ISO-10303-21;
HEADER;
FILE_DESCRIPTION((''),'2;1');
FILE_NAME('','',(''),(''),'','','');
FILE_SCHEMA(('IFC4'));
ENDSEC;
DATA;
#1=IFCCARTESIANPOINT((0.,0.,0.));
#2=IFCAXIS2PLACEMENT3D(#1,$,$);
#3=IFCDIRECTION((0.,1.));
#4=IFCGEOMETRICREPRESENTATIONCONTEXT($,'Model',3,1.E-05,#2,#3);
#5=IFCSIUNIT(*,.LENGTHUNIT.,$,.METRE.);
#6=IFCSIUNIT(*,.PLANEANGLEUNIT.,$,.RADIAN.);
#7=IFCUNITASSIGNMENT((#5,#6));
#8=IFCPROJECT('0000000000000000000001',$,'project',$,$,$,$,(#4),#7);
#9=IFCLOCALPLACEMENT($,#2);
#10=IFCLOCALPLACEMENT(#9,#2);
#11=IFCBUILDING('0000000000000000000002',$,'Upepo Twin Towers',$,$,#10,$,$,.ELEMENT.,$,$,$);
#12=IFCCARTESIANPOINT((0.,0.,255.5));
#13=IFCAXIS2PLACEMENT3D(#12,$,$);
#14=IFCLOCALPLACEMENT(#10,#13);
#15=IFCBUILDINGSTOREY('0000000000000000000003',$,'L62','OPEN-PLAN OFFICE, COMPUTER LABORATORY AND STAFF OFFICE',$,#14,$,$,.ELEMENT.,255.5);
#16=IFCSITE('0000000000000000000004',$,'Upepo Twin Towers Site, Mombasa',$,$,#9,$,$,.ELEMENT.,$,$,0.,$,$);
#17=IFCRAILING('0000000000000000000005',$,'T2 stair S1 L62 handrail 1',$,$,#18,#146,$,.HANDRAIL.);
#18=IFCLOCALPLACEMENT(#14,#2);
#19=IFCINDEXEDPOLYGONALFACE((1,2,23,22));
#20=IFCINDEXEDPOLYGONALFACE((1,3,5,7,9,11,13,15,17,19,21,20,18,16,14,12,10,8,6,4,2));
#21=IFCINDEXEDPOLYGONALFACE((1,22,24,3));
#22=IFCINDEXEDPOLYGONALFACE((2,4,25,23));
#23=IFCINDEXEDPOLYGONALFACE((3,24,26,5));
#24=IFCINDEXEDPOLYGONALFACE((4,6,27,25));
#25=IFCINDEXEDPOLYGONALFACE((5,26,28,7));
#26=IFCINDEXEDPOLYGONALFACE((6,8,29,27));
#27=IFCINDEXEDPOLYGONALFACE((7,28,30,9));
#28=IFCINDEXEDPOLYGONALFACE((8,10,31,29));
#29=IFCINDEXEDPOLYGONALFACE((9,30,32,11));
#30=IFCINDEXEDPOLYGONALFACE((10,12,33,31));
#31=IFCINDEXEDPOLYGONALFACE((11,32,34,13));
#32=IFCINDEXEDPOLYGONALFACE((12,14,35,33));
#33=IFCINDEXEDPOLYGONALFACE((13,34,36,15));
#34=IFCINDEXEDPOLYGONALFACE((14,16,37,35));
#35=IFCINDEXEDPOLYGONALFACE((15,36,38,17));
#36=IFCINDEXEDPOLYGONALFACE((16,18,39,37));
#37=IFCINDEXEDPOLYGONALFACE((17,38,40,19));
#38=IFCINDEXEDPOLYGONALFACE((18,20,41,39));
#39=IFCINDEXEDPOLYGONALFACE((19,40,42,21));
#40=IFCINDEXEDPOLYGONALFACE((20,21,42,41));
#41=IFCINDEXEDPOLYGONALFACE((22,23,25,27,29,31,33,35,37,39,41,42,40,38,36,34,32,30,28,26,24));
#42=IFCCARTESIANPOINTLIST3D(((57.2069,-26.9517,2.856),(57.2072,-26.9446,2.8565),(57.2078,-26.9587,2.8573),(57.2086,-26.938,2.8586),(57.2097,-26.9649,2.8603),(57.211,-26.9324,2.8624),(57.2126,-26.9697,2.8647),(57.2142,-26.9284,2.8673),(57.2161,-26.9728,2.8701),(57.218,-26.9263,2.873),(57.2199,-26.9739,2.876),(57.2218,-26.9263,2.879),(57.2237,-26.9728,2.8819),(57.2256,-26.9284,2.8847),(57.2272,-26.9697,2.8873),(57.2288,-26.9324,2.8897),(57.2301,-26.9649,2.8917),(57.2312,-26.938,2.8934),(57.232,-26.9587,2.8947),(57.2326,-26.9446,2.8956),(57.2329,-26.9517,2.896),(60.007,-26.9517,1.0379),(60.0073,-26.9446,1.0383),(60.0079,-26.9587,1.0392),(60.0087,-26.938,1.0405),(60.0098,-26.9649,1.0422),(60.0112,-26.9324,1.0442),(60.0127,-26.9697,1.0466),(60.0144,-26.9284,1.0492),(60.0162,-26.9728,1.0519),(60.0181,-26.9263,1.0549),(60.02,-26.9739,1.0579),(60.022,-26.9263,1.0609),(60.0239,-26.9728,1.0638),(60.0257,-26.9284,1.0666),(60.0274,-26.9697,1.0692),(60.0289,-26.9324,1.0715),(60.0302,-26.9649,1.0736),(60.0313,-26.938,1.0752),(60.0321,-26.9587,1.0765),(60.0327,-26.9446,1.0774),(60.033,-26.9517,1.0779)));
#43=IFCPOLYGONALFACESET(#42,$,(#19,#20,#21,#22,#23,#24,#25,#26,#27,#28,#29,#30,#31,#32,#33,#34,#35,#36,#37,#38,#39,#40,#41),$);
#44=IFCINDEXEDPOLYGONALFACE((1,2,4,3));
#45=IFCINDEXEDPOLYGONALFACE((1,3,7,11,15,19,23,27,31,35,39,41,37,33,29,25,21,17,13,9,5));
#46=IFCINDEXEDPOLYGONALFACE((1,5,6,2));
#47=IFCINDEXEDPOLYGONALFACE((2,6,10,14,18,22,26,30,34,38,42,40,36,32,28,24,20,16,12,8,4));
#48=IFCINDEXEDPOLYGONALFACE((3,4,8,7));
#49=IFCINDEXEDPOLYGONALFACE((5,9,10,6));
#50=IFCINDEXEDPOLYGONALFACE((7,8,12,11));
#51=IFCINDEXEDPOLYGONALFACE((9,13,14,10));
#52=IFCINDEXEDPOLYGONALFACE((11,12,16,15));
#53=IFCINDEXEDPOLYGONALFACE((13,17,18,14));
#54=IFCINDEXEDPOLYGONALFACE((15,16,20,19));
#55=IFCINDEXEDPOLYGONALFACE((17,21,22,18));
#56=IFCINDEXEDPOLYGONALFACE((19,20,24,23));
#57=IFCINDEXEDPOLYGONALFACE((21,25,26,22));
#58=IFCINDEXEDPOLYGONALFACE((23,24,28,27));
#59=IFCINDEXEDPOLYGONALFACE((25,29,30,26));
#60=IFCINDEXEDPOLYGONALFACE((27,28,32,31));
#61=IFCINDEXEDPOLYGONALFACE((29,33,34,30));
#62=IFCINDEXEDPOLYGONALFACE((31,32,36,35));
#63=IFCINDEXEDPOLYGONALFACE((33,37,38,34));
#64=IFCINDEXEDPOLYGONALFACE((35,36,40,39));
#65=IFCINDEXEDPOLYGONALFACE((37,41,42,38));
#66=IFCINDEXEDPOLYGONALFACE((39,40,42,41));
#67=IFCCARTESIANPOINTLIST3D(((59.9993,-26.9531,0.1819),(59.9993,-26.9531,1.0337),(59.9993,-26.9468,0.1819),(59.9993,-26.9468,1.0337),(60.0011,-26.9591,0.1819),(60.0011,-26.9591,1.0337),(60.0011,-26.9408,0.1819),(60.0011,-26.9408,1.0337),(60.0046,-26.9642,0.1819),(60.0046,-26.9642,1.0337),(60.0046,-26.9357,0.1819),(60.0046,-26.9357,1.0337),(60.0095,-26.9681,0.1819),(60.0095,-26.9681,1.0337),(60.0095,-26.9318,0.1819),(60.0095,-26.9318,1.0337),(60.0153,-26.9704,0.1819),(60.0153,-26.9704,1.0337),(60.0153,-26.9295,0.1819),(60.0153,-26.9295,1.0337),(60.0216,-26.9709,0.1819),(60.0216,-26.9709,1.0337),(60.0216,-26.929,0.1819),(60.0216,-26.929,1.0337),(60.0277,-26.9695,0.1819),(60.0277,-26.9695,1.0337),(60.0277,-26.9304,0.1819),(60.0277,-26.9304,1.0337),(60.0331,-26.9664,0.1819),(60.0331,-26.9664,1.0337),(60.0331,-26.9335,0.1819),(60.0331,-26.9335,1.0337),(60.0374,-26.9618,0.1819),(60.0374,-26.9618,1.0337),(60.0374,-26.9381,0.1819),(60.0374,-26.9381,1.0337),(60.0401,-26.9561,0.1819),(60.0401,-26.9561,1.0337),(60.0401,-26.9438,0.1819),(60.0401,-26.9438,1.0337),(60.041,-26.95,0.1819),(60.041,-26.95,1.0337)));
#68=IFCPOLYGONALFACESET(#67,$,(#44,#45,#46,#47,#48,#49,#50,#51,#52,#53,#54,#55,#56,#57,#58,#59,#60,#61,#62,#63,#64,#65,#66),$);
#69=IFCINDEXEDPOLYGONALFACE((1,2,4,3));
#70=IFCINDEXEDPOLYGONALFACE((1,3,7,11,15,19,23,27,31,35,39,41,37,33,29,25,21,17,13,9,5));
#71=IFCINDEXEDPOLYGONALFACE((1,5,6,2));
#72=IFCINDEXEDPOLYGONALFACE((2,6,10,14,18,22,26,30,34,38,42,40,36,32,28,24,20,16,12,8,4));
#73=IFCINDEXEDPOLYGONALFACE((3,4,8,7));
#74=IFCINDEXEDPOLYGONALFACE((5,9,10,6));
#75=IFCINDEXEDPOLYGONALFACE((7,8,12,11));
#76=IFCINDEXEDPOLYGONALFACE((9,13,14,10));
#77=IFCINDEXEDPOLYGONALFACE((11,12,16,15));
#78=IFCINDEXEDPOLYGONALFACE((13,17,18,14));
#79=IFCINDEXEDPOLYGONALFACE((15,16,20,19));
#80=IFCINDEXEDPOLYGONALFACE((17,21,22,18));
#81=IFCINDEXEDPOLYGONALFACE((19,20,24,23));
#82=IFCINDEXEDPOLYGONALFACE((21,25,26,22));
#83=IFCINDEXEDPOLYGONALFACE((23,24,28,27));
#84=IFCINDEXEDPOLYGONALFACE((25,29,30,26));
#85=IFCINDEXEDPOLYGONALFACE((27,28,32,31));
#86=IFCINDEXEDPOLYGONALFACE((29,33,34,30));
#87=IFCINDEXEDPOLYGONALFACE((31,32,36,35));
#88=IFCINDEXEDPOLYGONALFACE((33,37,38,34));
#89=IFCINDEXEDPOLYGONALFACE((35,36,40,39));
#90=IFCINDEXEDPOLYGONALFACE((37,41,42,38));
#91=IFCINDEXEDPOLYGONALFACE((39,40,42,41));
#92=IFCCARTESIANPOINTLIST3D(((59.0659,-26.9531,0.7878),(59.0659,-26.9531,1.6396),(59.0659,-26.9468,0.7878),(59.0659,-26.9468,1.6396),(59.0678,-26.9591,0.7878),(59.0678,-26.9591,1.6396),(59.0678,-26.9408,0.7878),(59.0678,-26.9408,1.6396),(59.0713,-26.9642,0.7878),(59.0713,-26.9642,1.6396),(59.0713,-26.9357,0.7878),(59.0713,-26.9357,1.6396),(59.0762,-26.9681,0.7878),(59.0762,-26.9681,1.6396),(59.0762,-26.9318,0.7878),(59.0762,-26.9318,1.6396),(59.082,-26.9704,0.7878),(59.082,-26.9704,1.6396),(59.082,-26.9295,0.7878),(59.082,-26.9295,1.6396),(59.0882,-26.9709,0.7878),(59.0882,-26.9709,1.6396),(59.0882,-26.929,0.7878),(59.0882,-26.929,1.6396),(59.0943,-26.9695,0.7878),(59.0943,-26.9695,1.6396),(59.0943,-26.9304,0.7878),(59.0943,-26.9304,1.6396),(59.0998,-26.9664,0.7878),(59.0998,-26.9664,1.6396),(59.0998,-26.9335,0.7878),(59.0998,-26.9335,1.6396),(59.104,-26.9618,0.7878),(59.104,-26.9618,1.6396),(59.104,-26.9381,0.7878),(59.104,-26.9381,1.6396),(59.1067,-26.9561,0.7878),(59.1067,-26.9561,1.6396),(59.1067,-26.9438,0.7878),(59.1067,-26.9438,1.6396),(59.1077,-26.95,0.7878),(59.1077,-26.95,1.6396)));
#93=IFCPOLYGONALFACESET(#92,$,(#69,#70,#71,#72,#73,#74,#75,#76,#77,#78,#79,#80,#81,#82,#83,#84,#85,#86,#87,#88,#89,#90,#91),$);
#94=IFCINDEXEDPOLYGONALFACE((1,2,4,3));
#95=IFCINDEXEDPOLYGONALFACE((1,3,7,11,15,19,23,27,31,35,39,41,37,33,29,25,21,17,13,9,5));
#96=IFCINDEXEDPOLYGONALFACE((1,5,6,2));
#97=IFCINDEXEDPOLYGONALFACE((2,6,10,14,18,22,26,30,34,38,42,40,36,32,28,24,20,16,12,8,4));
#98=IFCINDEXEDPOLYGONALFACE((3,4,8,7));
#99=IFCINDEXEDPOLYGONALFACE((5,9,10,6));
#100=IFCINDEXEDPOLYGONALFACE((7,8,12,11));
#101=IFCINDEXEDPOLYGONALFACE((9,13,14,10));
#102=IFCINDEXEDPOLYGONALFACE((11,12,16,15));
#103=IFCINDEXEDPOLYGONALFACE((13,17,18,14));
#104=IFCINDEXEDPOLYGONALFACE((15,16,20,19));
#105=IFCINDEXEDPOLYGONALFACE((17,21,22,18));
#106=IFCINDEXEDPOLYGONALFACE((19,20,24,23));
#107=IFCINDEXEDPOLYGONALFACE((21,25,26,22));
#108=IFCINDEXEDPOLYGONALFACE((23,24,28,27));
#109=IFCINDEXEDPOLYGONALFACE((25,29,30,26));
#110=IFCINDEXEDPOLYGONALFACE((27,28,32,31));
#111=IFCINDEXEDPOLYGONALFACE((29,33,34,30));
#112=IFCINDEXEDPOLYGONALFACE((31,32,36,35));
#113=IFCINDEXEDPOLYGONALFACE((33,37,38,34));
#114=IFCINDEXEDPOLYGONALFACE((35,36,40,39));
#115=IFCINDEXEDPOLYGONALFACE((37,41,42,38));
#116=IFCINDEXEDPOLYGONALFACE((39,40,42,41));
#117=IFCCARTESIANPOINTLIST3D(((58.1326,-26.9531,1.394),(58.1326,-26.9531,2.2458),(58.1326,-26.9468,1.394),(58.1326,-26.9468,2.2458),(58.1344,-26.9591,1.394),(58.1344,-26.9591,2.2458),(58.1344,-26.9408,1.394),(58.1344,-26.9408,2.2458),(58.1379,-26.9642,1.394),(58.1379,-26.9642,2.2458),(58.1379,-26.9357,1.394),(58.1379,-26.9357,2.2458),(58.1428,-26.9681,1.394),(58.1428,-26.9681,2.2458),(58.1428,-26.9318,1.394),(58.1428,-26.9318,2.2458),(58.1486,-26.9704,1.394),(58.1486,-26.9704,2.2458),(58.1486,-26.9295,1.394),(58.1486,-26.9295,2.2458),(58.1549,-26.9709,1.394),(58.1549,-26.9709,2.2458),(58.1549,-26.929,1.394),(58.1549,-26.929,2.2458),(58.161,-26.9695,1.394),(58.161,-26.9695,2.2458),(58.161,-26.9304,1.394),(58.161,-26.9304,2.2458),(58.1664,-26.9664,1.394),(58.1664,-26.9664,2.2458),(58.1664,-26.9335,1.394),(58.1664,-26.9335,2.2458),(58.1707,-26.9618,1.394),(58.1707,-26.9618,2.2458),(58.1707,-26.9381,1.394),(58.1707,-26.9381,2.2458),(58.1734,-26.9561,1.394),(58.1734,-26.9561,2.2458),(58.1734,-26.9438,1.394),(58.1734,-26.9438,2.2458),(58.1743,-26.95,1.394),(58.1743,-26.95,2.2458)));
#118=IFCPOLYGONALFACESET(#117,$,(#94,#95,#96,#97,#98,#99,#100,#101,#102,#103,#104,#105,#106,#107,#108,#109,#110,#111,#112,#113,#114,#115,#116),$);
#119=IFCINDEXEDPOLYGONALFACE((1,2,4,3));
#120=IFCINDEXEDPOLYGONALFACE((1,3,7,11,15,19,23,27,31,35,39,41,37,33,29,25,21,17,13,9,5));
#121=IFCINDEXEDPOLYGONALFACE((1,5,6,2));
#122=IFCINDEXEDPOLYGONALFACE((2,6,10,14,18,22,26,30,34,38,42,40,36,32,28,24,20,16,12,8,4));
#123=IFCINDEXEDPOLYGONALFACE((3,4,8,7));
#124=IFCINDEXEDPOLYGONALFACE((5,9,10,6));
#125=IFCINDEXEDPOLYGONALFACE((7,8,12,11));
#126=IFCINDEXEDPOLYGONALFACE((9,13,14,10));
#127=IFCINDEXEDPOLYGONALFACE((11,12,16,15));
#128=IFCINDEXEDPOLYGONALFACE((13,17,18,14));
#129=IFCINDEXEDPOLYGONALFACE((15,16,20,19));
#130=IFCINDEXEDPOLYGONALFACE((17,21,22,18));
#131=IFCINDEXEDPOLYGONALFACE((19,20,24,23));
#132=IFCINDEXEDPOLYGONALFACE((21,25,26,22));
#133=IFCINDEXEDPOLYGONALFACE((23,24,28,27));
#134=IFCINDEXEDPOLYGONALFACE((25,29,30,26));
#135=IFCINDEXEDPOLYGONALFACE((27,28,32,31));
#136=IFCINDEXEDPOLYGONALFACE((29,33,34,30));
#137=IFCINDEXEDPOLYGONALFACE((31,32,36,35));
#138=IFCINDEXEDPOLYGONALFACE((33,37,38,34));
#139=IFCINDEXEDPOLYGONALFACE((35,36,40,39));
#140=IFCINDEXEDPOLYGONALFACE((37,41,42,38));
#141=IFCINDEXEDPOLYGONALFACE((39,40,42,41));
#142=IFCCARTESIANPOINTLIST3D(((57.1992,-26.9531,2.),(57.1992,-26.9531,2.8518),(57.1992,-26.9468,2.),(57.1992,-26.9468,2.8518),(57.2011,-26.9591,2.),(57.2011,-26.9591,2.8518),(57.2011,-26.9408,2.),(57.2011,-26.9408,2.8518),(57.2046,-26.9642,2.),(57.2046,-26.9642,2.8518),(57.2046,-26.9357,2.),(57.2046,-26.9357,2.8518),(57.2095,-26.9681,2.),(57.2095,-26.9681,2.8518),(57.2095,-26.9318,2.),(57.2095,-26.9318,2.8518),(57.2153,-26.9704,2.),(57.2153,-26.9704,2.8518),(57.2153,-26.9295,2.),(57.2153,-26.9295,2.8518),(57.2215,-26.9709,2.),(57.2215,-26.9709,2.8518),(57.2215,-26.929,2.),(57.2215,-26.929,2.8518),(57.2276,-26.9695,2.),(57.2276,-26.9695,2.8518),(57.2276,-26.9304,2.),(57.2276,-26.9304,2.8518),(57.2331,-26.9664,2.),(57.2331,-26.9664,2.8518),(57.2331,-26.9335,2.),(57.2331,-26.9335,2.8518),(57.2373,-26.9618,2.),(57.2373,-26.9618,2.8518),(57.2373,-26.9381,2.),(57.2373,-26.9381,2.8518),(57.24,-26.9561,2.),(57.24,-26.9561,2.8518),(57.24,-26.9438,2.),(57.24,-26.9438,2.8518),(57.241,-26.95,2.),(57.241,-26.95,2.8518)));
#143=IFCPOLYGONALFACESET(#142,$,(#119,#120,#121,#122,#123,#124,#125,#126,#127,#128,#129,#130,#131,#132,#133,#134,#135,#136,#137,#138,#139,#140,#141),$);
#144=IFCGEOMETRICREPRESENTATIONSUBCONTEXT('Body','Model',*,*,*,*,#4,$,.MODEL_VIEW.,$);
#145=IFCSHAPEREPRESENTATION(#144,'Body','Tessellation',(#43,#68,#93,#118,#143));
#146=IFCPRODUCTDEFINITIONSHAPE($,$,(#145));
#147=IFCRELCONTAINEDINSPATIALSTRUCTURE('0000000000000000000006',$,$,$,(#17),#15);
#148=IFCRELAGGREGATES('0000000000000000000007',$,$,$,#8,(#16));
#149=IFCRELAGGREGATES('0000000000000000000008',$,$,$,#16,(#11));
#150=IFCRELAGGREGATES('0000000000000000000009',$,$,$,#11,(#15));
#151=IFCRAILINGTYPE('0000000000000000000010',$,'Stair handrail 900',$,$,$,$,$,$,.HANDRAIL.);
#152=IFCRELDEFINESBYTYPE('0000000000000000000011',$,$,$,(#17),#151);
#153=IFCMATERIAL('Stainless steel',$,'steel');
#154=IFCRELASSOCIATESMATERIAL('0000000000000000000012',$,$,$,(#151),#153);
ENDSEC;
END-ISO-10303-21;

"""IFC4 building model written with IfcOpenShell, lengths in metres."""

from ifc_helpers import new_model, si_unit, direction, frame, origin, origin_2d, place, context, subcontext, project, spatial, circle, extrude, material, type_object, element, save


model = new_model("IFC4")

# Units and contexts
model_context = context("Model", 3, precision=1e-05, world=origin(), true_north=direction((0.0, 1.0)))
body_context = subcontext(model_context, "Body", "Model", "MODEL_VIEW")
ifc_project = project(units=[si_unit("LENGTHUNIT", "METRE"), si_unit("PLANEANGLEUNIT", "RADIAN")], contexts=[model_context])

# Site, building, storey
site_placement = place(None, origin())
site = spatial("IfcSite", under=ifc_project, at=site_placement, Name="Upepo Twin Towers Site, Mombasa", CompositionType="ELEMENT", RefElevation=0.0)
building_placement = place(site_placement, origin())
building = spatial("IfcBuilding", under=site, at=building_placement, Name="Upepo Twin Towers", CompositionType="ELEMENT")
storey_placement = place(building_placement, frame((0.0, 0.0, 255.5)))
storey = spatial("IfcBuildingStorey", under=building, at=storey_placement, Name="L62", Description="OPEN-PLAN OFFICE, COMPUTER LABORATORY AND STAFF OFFICE", CompositionType="ELEMENT", Elevation=255.5)

# Railing
ifc_material_1 = material(Name="Stainless steel", Category="steel")
railing_type = type_object("IfcRailingType", Name="Stair handrail 900", PredefinedType="HANDRAIL", material=ifc_material_1)
railing_1_placement = place(storey_placement, frame((60.02, -26.95, 0.1819)))
element("IfcRailing", 1, at=railing_1_placement, inside=storey, type_object=railing_type, Name="T2 stair S1 L62 handrail 1", PredefinedType="HANDRAIL", context=body_context, shape_type="SweptSolid", body=[
    extrude(circle(Radius=0.0239, at=origin_2d()), frame((0.0, 0.0, 0.876), z_axis=(-0.838706, 0.0, 0.544585), x_axis=(0.0, -1.0, 0.0)), (0.0, 0.0, 1.0), 3.3386),
    extrude(circle(Radius=0.021, at=origin_2d()), origin(), (0.0, 0.0, 1.0), 0.8518),
    extrude(circle(Radius=0.021, at=origin_2d()), frame((-0.9333, 0.0, 0.606)), (0.0, 0.0, 1.0), 0.8518),
    extrude(circle(Radius=0.021, at=origin_2d()), frame((-1.8667, 0.0, 1.2122)), (0.0, 0.0, 1.0), 0.8518),
    extrude(circle(Radius=0.021, at=origin_2d()), frame((-2.8, 0.0, 1.8181)), (0.0, 0.0, 1.0), 0.8518),
])

save(model, "model.ifc")
